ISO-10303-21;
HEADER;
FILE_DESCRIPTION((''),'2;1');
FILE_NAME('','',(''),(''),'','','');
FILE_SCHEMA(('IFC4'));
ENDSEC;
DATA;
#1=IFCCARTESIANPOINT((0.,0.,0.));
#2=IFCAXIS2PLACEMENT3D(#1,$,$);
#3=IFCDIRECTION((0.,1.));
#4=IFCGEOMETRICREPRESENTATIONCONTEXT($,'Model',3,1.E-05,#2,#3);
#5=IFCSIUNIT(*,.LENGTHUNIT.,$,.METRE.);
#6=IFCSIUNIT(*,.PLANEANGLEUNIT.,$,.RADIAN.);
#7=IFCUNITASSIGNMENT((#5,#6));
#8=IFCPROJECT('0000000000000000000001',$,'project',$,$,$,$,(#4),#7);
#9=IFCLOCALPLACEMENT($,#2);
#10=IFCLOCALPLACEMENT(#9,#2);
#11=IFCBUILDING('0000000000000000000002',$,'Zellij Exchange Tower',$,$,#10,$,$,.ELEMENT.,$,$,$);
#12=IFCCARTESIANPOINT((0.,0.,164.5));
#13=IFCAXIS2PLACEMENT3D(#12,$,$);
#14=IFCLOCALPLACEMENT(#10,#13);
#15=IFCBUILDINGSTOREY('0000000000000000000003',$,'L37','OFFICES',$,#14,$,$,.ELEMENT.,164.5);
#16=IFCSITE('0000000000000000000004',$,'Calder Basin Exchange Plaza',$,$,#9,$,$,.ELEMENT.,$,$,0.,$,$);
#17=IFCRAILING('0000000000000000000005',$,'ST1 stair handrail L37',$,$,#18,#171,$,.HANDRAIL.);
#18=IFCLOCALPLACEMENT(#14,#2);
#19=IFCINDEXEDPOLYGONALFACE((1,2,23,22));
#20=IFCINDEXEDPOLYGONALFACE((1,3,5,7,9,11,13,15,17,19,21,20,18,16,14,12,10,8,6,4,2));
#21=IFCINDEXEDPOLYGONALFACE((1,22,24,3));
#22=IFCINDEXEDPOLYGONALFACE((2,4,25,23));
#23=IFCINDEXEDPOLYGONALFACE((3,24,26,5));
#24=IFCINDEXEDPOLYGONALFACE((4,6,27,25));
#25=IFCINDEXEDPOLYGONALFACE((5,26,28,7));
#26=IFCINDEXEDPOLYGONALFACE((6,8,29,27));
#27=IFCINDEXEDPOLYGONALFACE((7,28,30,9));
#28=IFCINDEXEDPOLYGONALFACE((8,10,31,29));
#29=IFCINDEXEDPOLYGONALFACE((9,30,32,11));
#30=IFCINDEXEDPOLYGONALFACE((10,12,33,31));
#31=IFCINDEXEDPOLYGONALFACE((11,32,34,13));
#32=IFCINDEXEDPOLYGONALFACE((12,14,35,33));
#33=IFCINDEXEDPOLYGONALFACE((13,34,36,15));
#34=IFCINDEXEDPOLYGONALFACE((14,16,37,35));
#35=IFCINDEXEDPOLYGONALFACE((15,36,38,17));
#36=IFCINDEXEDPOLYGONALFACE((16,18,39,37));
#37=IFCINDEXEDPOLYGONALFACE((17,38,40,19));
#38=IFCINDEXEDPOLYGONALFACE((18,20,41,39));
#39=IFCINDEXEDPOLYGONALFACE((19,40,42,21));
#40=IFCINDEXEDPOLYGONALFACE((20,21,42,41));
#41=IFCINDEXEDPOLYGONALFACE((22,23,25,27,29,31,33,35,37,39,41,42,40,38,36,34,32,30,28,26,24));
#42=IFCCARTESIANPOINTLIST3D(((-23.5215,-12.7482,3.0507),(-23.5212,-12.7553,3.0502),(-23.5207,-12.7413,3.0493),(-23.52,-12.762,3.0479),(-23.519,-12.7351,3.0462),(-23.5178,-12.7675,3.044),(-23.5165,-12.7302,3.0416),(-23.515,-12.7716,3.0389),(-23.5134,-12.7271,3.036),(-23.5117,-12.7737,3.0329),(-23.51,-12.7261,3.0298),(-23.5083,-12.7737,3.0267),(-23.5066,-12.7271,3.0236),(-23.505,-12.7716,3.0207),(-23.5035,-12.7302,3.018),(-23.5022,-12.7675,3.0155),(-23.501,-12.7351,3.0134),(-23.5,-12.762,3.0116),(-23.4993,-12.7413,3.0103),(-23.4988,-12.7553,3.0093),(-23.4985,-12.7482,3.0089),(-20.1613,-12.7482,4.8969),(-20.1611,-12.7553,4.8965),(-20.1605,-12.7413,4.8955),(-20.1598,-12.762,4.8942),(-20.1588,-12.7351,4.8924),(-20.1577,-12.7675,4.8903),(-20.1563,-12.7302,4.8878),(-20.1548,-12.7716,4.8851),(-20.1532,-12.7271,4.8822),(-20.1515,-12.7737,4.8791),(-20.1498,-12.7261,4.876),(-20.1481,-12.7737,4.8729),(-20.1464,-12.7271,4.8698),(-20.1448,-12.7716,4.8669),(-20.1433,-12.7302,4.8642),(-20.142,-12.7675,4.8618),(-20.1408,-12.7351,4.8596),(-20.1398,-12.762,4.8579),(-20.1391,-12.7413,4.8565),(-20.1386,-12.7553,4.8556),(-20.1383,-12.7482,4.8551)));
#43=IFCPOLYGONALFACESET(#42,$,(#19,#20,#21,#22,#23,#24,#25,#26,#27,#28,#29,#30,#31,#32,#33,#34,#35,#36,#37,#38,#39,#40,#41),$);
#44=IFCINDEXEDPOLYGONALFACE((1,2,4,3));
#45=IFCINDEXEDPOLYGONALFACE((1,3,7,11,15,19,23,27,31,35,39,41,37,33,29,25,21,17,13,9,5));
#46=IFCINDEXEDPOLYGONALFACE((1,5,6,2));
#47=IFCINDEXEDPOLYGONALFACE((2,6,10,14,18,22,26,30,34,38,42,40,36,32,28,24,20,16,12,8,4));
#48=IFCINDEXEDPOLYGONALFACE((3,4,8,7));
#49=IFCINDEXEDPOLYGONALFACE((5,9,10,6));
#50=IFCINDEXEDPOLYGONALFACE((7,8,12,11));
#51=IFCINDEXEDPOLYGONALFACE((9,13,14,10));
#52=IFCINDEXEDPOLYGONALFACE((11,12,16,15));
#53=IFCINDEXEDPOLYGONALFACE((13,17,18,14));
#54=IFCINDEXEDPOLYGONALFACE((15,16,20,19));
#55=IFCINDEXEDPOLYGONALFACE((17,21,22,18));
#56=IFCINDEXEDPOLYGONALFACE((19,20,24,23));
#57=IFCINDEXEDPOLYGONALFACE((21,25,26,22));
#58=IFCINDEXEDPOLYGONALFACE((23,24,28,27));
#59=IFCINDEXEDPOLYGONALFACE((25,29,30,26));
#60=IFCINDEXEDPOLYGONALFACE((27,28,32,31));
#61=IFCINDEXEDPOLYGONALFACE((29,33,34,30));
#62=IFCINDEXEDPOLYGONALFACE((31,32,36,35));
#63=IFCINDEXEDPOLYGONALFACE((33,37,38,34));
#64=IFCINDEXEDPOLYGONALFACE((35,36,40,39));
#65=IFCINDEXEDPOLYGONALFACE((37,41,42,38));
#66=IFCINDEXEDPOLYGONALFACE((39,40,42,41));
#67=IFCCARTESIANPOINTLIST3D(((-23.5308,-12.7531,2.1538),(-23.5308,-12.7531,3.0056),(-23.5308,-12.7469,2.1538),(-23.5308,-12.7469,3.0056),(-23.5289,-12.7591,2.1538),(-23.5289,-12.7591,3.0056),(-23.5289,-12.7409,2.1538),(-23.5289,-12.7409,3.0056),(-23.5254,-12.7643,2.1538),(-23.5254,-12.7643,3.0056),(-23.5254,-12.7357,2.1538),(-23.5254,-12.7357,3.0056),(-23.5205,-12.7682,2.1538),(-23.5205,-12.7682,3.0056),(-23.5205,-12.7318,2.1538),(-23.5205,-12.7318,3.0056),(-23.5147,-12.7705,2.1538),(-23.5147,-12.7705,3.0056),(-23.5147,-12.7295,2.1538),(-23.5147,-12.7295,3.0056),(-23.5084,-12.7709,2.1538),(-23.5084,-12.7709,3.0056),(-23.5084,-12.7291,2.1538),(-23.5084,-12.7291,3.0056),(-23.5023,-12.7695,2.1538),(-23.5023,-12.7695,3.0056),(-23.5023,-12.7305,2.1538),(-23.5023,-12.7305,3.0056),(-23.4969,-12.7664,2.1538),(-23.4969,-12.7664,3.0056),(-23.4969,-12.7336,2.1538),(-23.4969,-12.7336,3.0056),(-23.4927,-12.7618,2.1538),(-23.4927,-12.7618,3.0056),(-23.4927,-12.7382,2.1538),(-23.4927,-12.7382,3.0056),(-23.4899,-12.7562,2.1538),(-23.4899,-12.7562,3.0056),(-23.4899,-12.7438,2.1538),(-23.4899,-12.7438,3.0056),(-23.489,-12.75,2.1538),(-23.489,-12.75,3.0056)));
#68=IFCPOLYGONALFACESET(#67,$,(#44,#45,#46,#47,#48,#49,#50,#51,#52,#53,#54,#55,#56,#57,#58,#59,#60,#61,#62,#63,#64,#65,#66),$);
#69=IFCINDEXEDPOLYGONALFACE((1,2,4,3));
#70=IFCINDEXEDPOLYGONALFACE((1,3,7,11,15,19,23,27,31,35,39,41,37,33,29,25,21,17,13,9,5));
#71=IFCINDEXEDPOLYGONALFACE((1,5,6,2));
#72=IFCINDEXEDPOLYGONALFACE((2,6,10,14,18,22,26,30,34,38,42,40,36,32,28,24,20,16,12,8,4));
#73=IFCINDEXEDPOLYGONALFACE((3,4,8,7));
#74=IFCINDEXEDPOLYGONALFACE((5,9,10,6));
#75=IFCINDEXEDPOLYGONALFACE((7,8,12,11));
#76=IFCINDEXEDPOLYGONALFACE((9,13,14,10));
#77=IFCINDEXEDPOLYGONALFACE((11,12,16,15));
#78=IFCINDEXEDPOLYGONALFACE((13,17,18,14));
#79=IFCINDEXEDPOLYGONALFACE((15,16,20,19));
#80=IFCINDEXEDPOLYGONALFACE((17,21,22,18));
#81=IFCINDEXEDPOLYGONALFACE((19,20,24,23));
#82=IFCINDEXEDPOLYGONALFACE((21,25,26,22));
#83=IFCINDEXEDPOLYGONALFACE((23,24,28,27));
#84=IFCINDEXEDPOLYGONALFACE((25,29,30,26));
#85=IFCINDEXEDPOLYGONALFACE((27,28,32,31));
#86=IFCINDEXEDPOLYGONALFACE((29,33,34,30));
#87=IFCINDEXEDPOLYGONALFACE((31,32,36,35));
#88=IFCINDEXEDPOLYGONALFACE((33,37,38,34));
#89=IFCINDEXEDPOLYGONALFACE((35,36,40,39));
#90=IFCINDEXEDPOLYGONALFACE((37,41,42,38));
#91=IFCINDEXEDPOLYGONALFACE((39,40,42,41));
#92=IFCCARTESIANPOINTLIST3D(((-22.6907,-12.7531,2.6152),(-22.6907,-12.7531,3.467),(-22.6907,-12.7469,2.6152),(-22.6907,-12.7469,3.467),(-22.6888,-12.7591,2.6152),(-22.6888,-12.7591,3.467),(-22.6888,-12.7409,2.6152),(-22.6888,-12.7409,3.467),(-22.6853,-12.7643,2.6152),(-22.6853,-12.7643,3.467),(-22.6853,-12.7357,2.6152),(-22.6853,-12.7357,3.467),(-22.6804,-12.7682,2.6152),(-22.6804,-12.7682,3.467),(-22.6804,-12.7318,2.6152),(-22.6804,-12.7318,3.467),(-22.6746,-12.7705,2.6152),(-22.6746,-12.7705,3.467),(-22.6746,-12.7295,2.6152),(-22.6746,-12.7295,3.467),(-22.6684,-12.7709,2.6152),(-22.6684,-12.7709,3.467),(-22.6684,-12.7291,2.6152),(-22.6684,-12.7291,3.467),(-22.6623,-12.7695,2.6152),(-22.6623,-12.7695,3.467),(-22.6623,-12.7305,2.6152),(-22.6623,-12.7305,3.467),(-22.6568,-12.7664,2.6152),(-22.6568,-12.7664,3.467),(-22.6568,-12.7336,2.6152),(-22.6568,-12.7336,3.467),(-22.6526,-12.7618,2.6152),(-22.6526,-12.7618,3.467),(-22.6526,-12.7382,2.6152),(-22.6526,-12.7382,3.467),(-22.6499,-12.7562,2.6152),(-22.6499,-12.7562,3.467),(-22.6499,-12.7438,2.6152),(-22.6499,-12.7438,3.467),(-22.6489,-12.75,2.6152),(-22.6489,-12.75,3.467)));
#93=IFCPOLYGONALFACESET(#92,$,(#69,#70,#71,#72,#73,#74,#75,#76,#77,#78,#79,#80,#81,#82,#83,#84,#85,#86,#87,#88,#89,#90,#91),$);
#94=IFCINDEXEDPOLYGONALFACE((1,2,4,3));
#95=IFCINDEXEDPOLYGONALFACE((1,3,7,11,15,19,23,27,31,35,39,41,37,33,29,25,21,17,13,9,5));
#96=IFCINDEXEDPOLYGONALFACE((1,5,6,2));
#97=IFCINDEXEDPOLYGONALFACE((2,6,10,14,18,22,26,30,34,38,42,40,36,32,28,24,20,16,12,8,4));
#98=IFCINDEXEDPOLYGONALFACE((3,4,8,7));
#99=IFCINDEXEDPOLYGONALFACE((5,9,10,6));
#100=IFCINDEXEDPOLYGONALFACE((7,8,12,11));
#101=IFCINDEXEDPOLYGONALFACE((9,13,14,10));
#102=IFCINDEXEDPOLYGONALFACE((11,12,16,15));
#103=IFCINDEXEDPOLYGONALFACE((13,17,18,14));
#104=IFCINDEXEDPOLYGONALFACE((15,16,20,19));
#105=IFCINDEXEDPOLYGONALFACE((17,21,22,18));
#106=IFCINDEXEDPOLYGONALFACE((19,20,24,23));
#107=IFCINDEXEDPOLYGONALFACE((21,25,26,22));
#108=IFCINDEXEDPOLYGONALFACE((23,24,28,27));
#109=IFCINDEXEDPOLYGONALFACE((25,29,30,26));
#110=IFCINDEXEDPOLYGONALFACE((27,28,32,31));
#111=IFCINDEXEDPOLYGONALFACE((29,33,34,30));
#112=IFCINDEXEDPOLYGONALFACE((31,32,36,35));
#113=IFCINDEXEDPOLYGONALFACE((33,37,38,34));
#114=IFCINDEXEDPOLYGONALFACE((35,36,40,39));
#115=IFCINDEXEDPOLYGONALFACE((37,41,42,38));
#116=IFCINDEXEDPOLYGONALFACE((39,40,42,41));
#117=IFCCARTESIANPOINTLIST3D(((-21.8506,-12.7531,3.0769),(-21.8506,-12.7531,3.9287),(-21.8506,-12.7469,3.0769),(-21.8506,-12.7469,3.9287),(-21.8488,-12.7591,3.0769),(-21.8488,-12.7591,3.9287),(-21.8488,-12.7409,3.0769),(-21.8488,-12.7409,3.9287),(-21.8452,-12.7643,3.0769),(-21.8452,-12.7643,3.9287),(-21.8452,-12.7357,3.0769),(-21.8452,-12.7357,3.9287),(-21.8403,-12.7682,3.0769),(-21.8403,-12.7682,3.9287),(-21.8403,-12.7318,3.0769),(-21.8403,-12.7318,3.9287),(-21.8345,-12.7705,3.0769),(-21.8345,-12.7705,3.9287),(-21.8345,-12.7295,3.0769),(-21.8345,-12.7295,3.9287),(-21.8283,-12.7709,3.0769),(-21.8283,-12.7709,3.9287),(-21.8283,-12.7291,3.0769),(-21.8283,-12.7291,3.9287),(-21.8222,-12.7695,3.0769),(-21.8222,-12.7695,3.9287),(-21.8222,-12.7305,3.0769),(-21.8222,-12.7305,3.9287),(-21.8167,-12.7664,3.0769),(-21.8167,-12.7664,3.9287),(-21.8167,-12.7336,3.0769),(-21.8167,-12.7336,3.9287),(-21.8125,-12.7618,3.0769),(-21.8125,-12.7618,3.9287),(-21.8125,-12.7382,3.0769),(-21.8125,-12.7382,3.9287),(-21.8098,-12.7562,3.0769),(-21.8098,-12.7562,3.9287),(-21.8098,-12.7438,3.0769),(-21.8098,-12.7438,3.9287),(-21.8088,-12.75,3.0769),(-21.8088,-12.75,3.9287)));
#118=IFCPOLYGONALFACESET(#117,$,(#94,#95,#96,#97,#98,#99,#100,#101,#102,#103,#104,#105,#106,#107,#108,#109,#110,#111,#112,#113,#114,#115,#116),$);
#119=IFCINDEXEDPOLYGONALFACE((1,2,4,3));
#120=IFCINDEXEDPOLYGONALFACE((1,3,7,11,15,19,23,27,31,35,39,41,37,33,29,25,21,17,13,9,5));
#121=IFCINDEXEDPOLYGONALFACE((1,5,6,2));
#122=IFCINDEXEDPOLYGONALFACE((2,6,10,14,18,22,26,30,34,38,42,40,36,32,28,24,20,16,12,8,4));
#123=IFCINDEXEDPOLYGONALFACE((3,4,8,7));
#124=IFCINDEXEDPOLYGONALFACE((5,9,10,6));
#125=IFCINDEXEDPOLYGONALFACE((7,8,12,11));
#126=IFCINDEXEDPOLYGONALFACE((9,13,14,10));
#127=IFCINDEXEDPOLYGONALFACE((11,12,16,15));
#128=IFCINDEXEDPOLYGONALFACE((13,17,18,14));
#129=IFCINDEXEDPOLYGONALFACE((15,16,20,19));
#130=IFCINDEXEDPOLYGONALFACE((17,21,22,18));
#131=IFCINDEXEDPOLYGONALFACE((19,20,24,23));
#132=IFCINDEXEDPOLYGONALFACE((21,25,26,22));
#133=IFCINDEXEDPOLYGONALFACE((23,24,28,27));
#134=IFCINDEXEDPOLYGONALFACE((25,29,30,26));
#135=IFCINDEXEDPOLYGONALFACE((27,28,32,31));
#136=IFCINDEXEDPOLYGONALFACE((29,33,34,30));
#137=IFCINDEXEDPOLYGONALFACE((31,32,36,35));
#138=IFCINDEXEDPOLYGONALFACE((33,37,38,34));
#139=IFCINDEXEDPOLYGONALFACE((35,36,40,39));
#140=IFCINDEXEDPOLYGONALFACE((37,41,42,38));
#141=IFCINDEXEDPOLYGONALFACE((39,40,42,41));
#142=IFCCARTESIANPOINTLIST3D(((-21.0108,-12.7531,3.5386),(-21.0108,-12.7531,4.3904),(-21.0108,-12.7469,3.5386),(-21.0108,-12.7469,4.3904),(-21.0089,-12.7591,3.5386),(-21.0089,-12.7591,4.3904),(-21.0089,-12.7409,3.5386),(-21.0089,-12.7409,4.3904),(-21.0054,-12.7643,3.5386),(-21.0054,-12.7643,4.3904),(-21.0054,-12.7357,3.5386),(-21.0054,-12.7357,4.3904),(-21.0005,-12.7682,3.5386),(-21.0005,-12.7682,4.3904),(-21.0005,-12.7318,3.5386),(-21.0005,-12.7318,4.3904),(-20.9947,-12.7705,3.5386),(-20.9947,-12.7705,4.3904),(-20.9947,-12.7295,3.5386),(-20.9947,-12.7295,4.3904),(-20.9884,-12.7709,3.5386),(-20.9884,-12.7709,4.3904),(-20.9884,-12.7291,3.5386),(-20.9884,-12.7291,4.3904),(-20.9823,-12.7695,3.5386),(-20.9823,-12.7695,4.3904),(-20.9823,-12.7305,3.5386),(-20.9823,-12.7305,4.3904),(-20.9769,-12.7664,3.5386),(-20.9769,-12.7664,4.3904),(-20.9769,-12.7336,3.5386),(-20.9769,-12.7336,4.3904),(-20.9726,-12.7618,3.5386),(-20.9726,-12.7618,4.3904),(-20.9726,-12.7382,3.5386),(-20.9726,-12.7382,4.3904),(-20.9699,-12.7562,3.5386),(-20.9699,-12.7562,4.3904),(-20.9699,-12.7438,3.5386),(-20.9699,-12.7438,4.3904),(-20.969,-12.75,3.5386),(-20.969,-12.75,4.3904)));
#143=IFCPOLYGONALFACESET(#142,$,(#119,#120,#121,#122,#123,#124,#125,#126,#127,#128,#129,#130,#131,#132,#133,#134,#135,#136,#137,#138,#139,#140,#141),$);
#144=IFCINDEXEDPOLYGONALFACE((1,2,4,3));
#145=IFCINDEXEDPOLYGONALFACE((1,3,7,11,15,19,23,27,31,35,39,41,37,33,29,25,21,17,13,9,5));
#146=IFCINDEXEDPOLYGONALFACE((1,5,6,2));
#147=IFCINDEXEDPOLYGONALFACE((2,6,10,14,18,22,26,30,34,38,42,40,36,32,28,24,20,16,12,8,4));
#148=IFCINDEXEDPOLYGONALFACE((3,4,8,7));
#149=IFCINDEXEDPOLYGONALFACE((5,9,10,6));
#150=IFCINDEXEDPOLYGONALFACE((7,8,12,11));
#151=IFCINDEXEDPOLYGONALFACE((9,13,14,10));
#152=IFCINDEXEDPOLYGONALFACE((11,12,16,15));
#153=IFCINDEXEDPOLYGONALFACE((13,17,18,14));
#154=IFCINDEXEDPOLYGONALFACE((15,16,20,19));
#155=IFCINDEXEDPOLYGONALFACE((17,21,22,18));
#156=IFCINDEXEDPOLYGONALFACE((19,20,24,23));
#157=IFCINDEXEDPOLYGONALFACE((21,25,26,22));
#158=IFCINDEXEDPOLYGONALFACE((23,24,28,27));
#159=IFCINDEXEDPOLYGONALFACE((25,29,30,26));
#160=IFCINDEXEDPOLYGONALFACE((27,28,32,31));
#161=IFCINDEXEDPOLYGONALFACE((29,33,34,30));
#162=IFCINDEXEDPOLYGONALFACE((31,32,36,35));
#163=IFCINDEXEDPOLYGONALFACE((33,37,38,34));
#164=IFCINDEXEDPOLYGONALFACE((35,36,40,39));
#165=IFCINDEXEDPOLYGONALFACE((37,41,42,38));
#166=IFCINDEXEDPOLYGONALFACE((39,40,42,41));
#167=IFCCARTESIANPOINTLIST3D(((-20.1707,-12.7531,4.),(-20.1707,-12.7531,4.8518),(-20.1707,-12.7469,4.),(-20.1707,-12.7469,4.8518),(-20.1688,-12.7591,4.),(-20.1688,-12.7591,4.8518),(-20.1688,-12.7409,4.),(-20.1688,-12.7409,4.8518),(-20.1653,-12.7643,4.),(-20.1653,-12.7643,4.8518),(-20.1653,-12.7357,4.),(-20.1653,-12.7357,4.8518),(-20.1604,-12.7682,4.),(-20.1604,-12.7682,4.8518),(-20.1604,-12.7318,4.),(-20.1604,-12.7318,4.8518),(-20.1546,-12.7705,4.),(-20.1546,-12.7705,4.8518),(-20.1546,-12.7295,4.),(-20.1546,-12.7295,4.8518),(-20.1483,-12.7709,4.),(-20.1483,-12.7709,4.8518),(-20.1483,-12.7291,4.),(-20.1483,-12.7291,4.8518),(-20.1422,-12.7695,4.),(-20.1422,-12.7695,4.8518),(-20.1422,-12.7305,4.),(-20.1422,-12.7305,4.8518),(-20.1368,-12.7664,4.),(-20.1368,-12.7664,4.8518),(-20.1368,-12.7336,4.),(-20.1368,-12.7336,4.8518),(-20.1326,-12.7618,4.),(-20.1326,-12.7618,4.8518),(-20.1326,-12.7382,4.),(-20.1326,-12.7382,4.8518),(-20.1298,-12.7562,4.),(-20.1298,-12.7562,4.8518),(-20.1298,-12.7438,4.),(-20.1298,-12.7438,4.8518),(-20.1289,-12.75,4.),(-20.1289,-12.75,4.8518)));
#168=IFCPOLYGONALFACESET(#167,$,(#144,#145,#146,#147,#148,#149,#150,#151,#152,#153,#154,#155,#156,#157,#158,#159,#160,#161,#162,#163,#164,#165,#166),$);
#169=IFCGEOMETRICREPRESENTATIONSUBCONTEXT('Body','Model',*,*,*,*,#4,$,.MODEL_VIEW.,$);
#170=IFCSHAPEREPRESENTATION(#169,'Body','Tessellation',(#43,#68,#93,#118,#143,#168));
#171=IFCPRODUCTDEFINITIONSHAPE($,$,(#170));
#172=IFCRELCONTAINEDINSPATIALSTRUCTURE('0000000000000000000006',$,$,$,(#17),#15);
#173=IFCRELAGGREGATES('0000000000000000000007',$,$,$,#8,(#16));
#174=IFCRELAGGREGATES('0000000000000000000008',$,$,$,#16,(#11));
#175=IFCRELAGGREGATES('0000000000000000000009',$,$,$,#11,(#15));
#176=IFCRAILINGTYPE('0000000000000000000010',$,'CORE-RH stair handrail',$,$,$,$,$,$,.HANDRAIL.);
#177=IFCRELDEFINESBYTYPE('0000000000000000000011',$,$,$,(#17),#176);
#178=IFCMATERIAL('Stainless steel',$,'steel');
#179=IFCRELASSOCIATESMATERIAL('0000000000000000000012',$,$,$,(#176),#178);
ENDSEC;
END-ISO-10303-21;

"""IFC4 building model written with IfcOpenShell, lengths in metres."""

from ifc_helpers import new_model, si_unit, direction, frame, origin, origin_2d, place, context, subcontext, project, spatial, circle, extrude, material, type_object, element, save


model = new_model("IFC4")

# Units and contexts
model_context = context("Model", 3, precision=1e-05, world=origin(), true_north=direction((0.0, 1.0)))
body_context = subcontext(model_context, "Body", "Model", "MODEL_VIEW")
ifc_project = project(units=[si_unit("LENGTHUNIT", "METRE"), si_unit("PLANEANGLEUNIT", "RADIAN")], contexts=[model_context])

# Site, building, storey
site_placement = place(None, origin())
site = spatial("IfcSite", under=ifc_project, at=site_placement, Name="Calder Basin Exchange Plaza", CompositionType="ELEMENT", RefElevation=0.0)
building_placement = place(site_placement, origin())
building = spatial("IfcBuilding", under=site, at=building_placement, Name="Zellij Exchange Tower", CompositionType="ELEMENT")
storey_placement = place(building_placement, frame((0.0, 0.0, 164.5)))
storey = spatial("IfcBuildingStorey", under=building, at=storey_placement, Name="L37", Description="OFFICES", CompositionType="ELEMENT", Elevation=164.5)

# Railing
ifc_material_1 = material(Name="Stainless steel", Category="steel")
railing_type_1 = type_object("IfcRailingType", Name="CORE-RH stair handrail", PredefinedType="HANDRAIL", material=ifc_material_1)
railing_1_placement = place(storey_placement, frame((-23.51, -12.75, 2.1538)))
element("IfcRailing", 1, at=railing_1_placement, inside=storey, type_object=railing_type_1, Name="ST1 stair handrail L37", PredefinedType="HANDRAIL", context=body_context, shape_type="SweptSolid", body=[
    extrude(circle(Radius=0.0239, at=origin_2d()), frame((0.0, 0.0, 0.876), z_axis=(0.876422, 0.0, 0.481545), x_axis=(0.0, 1.0, 0.0)), (0.0, 0.0, 1.0), 3.834),
    extrude(circle(Radius=0.021, at=origin_2d()), origin(), (0.0, 0.0, 1.0), 0.8518),
    extrude(circle(Radius=0.021, at=origin_2d()), frame((0.8401, 0.0, 0.4614)), (0.0, 0.0, 1.0), 0.8518),
    extrude(circle(Radius=0.021, at=origin_2d()), frame((1.6802, 0.0, 0.9231)), (0.0, 0.0, 1.0), 0.8518),
    extrude(circle(Radius=0.021, at=origin_2d()), frame((2.52, 0.0, 1.3848)), (0.0, 0.0, 1.0), 0.8518),
    extrude(circle(Radius=0.021, at=origin_2d()), frame((3.3601, 0.0, 1.8462)), (0.0, 0.0, 1.0), 0.8518),
])

save(model, "model.ifc")
